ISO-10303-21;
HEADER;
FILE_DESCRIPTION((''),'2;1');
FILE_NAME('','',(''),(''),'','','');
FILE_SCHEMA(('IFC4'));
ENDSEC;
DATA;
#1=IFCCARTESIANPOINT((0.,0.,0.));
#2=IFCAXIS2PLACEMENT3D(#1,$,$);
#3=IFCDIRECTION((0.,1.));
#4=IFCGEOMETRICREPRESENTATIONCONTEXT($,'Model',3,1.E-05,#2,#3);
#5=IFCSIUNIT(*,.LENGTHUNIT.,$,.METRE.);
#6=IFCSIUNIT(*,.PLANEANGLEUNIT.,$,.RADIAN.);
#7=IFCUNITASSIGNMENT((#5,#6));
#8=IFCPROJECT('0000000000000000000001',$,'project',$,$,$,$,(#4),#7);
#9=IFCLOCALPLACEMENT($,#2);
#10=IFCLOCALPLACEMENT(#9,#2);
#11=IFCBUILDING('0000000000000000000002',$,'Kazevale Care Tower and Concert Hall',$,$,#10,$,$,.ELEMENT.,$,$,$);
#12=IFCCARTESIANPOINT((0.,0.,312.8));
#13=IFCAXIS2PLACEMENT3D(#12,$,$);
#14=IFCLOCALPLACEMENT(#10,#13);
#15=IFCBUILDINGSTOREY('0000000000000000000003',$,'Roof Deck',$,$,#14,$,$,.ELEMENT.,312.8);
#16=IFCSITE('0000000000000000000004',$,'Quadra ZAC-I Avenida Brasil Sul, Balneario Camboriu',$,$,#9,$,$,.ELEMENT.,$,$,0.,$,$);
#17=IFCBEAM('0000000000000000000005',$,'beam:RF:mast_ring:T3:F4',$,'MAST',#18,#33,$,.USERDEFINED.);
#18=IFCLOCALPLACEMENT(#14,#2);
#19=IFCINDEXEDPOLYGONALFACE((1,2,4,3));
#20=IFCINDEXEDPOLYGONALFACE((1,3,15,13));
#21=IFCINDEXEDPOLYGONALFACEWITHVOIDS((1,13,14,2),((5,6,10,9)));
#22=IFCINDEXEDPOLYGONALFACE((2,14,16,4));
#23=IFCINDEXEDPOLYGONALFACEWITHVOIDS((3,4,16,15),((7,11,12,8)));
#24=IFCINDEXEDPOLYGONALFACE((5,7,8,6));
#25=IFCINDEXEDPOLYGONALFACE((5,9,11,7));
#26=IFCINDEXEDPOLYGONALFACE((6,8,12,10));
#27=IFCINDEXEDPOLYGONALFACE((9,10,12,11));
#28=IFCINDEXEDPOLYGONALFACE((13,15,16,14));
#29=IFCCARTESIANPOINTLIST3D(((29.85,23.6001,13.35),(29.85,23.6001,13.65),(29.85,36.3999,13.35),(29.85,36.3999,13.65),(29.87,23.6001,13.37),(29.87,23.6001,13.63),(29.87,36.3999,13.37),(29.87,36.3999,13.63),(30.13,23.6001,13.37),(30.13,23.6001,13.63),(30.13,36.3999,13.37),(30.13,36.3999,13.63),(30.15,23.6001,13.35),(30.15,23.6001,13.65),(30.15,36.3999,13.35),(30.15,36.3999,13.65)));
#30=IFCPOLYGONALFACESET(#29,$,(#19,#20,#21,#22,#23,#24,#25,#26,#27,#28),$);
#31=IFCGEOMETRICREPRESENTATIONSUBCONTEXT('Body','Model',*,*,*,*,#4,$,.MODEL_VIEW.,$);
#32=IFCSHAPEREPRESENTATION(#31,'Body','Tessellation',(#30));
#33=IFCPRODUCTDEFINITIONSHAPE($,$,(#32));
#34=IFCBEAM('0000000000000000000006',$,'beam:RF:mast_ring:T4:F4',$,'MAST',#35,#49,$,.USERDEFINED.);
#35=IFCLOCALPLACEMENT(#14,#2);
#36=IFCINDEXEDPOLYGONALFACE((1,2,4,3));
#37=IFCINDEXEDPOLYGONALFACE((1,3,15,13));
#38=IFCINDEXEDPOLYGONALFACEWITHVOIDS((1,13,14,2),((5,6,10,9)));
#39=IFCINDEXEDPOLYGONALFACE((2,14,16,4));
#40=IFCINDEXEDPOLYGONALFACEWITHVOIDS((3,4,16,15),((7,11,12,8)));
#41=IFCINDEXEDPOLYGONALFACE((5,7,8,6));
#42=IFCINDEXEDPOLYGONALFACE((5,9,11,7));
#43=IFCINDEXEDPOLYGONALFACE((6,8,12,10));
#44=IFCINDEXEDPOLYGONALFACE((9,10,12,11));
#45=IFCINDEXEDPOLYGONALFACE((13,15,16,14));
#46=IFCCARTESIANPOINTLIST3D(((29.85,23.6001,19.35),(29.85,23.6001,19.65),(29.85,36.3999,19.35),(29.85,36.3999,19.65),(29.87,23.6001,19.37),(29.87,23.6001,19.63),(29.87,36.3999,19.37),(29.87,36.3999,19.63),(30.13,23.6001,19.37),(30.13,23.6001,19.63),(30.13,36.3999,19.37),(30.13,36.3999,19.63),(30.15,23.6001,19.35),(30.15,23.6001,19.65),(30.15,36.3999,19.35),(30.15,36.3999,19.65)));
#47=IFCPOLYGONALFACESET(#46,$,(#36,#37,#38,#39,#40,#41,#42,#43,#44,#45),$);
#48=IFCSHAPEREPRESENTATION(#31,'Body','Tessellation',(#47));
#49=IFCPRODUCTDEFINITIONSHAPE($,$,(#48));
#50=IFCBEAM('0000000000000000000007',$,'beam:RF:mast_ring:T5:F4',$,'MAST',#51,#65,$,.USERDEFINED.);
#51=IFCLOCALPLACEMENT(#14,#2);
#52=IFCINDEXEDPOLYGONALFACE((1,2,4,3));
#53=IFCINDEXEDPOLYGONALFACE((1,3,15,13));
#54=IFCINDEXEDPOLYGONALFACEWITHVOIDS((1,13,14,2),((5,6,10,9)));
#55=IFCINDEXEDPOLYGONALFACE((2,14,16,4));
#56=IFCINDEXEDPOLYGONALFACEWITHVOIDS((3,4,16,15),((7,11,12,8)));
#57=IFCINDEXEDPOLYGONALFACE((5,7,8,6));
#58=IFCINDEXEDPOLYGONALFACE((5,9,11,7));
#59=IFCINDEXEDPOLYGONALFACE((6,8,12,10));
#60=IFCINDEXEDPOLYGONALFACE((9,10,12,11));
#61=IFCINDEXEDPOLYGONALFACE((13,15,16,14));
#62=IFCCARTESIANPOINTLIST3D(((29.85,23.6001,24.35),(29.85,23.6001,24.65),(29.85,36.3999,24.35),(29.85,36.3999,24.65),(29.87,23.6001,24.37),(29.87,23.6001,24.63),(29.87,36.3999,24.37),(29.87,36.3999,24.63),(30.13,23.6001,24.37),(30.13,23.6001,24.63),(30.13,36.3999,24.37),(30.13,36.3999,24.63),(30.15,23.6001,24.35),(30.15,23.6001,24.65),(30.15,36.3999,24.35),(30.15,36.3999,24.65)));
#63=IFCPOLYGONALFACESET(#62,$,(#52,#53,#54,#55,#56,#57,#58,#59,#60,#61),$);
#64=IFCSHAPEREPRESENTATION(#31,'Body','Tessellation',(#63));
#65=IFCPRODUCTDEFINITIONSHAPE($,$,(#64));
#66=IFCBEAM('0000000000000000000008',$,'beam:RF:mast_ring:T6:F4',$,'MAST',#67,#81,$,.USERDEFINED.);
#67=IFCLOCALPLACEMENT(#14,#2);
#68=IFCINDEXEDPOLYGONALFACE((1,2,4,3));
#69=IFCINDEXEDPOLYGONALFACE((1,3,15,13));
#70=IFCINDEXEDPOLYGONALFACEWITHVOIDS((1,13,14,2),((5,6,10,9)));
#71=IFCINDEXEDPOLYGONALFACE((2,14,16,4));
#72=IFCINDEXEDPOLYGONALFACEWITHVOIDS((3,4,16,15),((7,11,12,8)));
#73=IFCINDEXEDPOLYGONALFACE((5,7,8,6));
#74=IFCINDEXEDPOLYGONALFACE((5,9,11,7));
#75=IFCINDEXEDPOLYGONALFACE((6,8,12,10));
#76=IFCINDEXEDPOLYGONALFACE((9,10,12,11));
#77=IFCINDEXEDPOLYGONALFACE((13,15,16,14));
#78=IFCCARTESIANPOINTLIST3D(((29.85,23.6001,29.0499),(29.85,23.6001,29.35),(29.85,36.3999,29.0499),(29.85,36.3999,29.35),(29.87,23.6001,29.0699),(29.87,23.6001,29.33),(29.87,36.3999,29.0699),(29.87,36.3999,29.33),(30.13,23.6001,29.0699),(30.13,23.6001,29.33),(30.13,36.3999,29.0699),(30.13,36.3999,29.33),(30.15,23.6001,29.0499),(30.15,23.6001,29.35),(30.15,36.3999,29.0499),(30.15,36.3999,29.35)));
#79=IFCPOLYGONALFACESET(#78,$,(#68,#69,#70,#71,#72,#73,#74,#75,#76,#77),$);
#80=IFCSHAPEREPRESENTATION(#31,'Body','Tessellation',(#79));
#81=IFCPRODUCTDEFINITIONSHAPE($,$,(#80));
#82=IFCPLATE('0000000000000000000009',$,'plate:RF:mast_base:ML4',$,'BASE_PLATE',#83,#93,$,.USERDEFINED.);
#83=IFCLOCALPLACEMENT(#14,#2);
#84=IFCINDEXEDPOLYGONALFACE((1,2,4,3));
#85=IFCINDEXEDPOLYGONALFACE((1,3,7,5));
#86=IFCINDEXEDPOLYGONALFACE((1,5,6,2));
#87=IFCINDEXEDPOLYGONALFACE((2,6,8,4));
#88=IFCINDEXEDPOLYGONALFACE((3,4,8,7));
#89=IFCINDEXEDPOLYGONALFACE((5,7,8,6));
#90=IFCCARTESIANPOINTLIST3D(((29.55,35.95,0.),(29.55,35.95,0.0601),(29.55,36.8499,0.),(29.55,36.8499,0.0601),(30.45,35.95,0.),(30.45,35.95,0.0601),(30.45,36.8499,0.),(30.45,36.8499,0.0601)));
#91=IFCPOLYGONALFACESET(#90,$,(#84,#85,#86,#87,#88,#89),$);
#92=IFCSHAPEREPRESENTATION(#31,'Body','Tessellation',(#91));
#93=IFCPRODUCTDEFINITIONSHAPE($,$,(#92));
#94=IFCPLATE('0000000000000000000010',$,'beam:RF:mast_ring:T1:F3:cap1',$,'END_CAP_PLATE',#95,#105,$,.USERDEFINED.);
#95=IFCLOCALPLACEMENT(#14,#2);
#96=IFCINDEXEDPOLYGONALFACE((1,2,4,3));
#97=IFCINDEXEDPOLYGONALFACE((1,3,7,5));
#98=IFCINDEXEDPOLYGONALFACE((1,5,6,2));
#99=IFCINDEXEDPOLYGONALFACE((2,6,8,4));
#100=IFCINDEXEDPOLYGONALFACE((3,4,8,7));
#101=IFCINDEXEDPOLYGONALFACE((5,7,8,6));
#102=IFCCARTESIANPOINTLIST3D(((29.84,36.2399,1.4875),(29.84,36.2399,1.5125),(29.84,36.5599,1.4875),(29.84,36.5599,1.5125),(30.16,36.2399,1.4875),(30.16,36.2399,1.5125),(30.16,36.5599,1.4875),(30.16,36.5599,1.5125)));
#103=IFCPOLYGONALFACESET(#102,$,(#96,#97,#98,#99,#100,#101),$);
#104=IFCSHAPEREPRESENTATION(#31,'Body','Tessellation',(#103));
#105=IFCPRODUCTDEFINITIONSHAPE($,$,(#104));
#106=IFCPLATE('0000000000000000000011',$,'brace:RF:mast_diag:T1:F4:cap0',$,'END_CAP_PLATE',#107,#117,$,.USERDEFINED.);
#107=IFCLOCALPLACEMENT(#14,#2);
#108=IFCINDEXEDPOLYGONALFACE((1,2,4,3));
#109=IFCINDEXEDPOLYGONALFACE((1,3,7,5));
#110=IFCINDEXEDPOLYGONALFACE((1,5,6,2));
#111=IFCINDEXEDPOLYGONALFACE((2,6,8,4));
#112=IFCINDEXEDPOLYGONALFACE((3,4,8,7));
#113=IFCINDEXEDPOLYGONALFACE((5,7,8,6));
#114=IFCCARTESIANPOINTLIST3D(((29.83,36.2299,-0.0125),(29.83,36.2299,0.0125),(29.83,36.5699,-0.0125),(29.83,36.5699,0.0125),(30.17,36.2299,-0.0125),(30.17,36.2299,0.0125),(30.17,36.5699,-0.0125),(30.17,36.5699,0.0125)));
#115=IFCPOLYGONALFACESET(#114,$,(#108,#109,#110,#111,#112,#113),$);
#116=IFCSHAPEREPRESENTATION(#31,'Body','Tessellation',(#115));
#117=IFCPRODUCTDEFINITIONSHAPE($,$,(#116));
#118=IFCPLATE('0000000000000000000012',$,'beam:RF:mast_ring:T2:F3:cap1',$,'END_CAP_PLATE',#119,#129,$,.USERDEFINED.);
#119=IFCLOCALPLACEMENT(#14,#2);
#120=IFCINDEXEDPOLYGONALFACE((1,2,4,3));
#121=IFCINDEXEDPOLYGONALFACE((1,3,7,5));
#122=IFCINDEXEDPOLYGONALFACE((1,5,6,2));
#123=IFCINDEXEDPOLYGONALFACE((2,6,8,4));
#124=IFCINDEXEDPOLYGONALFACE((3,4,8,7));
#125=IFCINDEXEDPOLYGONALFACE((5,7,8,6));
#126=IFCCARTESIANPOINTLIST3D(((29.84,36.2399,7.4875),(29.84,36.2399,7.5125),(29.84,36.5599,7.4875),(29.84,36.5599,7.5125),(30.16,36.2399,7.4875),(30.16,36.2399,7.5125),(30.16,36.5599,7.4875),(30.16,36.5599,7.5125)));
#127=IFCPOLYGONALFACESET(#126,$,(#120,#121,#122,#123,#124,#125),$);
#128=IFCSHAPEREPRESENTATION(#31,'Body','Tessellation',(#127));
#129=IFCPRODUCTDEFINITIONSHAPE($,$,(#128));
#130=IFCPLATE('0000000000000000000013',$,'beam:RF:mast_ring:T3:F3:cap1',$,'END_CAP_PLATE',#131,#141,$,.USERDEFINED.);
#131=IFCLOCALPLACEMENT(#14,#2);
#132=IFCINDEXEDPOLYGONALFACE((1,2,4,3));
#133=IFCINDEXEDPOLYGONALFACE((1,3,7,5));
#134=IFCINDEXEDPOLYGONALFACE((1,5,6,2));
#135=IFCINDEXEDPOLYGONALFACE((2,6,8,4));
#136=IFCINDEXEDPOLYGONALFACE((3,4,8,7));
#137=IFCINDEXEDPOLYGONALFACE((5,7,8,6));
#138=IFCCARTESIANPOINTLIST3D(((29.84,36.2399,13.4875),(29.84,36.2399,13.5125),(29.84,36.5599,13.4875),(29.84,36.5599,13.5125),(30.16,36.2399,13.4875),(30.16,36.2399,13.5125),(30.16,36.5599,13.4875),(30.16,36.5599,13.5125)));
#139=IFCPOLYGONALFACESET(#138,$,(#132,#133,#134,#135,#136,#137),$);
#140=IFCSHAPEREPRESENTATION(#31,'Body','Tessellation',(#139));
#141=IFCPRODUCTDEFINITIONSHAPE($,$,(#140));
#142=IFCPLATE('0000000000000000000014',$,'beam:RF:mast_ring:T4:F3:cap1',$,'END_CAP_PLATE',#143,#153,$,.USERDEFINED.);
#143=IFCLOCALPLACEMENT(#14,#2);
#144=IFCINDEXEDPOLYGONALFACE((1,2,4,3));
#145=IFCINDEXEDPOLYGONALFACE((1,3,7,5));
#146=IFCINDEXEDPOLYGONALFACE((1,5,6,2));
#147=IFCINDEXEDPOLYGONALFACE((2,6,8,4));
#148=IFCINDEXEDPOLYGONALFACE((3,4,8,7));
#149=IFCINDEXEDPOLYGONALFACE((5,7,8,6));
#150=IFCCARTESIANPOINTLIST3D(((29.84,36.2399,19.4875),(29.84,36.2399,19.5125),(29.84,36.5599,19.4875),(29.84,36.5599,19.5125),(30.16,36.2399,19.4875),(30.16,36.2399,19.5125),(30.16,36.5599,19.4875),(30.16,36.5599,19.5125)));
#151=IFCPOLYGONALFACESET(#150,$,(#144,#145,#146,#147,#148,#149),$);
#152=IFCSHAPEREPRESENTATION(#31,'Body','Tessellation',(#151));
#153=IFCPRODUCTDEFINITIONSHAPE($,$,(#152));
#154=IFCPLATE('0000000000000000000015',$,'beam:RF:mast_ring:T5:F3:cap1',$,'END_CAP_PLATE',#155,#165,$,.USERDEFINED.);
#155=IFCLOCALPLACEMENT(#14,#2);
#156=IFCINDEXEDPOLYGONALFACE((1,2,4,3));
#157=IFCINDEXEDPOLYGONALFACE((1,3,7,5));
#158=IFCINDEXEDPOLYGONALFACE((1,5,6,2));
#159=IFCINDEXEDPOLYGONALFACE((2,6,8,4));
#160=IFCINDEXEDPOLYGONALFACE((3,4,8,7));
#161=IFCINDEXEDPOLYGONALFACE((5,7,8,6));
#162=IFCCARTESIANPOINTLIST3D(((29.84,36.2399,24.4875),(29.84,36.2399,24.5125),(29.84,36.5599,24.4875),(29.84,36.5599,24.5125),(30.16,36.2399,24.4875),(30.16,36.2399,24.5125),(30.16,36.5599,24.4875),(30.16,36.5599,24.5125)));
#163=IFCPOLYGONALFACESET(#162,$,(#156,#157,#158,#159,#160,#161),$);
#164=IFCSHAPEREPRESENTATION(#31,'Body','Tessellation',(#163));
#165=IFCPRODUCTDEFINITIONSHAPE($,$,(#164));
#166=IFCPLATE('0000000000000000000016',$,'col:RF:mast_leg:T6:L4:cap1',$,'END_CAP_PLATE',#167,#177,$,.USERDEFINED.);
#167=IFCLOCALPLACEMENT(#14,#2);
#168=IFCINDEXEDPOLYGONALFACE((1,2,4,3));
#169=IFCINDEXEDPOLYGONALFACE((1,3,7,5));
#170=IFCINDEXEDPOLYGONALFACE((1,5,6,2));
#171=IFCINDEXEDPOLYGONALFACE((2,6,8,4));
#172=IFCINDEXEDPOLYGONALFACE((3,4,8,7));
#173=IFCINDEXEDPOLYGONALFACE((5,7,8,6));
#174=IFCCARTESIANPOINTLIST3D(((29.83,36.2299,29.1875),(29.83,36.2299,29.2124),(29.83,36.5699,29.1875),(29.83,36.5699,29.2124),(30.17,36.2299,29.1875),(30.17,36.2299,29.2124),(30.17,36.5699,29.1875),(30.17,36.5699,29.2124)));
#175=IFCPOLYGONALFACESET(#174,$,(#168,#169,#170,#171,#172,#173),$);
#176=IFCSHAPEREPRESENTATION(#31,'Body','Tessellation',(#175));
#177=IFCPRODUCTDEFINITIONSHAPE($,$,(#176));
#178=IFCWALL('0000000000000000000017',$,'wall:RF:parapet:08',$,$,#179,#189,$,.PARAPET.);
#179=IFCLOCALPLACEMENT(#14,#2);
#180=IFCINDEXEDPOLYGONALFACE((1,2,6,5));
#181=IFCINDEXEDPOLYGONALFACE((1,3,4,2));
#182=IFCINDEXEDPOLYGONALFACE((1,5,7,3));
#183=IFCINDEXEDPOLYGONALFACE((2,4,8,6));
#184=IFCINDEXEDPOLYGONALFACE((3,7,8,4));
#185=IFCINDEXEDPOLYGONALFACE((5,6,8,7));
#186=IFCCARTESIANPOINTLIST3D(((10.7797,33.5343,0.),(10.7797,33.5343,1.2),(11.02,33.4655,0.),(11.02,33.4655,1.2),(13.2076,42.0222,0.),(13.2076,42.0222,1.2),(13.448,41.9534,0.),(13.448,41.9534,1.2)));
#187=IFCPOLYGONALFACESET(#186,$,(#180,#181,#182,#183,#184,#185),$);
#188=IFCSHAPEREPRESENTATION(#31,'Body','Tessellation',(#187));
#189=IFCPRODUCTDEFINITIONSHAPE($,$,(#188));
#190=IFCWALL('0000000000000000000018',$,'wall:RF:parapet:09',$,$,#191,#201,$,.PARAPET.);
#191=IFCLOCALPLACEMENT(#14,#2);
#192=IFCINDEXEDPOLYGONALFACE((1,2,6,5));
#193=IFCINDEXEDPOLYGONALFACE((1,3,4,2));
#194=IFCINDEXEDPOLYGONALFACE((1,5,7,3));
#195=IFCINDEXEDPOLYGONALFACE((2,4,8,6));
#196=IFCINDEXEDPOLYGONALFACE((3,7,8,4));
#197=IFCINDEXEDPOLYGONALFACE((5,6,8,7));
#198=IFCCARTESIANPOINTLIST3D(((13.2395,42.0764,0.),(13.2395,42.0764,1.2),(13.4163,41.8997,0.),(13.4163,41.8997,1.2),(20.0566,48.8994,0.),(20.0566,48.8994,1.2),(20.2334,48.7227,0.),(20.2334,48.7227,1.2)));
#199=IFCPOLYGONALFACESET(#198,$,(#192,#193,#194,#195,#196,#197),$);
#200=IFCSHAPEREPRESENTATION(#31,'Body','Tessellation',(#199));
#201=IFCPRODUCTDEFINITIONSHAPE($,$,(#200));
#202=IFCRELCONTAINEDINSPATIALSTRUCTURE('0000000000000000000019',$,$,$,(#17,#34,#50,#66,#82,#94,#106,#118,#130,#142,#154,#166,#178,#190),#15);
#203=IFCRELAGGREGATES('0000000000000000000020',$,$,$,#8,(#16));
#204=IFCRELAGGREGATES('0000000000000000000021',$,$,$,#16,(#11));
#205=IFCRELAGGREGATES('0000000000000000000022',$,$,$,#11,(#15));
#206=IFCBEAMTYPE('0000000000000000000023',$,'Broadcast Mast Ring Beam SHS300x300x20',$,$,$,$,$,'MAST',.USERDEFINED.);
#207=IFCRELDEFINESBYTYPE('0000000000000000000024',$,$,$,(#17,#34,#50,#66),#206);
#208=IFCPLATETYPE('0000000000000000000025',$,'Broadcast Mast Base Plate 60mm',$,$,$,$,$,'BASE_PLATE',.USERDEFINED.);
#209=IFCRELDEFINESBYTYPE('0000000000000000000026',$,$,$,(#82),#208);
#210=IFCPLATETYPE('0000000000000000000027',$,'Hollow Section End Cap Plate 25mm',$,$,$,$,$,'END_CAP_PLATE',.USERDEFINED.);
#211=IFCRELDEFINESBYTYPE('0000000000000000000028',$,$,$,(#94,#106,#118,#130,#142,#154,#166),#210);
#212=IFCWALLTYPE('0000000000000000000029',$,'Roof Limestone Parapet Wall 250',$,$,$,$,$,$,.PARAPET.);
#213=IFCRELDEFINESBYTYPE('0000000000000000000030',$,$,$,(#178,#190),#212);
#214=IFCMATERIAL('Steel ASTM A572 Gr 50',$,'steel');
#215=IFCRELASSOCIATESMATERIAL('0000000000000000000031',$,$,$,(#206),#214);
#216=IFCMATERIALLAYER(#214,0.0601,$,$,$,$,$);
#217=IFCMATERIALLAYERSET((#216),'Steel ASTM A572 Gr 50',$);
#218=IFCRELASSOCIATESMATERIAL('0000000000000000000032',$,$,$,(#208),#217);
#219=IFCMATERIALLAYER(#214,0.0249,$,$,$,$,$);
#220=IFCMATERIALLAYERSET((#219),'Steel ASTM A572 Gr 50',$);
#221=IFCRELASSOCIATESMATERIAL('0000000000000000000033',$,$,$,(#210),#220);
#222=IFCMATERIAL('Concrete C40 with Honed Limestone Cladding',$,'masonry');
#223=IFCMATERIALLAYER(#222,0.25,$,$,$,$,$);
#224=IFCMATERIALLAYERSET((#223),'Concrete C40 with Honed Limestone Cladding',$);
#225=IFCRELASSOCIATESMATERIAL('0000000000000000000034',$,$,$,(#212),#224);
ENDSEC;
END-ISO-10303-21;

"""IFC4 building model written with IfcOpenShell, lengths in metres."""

from ifc_helpers import new_model, si_unit, direction, frame, frame_2d, origin, origin_2d, place, context, subcontext, project, spatial, rectangle, hollow_rectangle, extrude, material, layer, layer_set, material_profile, profile_set, type_object, element, save


model = new_model("IFC4")

# Units and contexts
model_context = context("Model", 3, precision=1e-05, world=origin(), true_north=direction((0.0, 1.0)))
body_context = subcontext(model_context, "Body", "Model", "MODEL_VIEW")
ifc_project = project(units=[si_unit("LENGTHUNIT", "METRE"), si_unit("PLANEANGLEUNIT", "RADIAN")], contexts=[model_context])

# Site, building, storey
site_placement = place(None, origin())
site = spatial("IfcSite", under=ifc_project, at=site_placement, Name="Quadra ZAC-I Avenida Brasil Sul, Balneario Camboriu", CompositionType="ELEMENT", RefElevation=0.0)
building_placement = place(site_placement, origin())
building = spatial("IfcBuilding", under=site, at=building_placement, Name="Kazevale Care Tower and Concert Hall", CompositionType="ELEMENT")
storey_placement = place(building_placement, frame((0.0, 0.0, 312.8)))
storey = spatial("IfcBuildingStorey", under=building, at=storey_placement, Name="Roof Deck", CompositionType="ELEMENT", Elevation=312.8)

# Shared definitions
ifc_material_1 = material(Name="Steel ASTM A572 Gr 50", Category="steel")

# Beams
ifc_material_profile_1 = material_profile(ifc_material_1, hollow_rectangle(XDim=0.3, YDim=0.3, WallThickness=0.02, at=origin_2d()), Name="SHS300x300x20")
ifc_profile_set_1 = profile_set([ifc_material_profile_1], Name="Steel ASTM A572 Gr 50")
beam_type = type_object("IfcBeamType", Name="Broadcast Mast Ring Beam SHS300x300x20", ElementType="MAST", PredefinedType="USERDEFINED", material=ifc_profile_set_1)
for number, where, z_axis, x_axis, name in (
    (1, (30.0, 36.3999, 13.5), (0.0, -1.0, 0.0), (1.0, 0.0, 0.0), "beam:RF:mast_ring:T3:F4"),
    (2, (30.0, 36.3999, 19.5), (0.0, -1.0, 0.0), (1.0, 0.0, 0.0), "beam:RF:mast_ring:T4:F4"),
    (3, (30.0, 36.3999, 24.5), (0.0, -1.0, 0.0), (1.0, 0.0, 0.0), "beam:RF:mast_ring:T5:F4"),
    (4, (30.0, 36.3999, 29.2), (0.0, -1.0, 0.0), (1.0, 0.0, 0.0), "beam:RF:mast_ring:T6:F4"),
):
    element("IfcBeam", number, at=place(storey_placement, frame(where, z_axis=z_axis, x_axis=x_axis)), inside=storey, type_object=beam_type, Name=name, ObjectType="MAST", PredefinedType="USERDEFINED", context=body_context, shape_type="SweptSolid", body=[
        extrude(hollow_rectangle(XDim=0.3, YDim=0.3, WallThickness=0.02, at=origin_2d()), origin(), (0.0, 0.0, 1.0), 12.7998),
    ])

# Plates
ifc_layer_1 = layer(ifc_material_1, 0.0601)
ifc_layer_set_1 = layer_set([ifc_layer_1], Name="Steel ASTM A572 Gr 50")
plate_type_1 = type_object("IfcPlateType", Name="Broadcast Mast Base Plate 60mm", ElementType="BASE_PLATE", PredefinedType="USERDEFINED", material=ifc_layer_set_1)
plate_1_placement = place(storey_placement, frame((30.0, 36.3999, 0.0), z_axis=(0.0, 0.0, 1.0), x_axis=(1.0, 0.0, 0.0)))
element("IfcPlate", 5, at=plate_1_placement, inside=storey, type_object=plate_type_1, Name="plate:RF:mast_base:ML4", ObjectType="BASE_PLATE", PredefinedType="USERDEFINED", context=body_context, shape_type="SweptSolid", body=[
    extrude(rectangle(XDim=0.8999, YDim=0.8999, at=origin_2d()), origin(), (0.0, 0.0, 1.0), 0.0601),
])
ifc_layer_2 = layer(ifc_material_1, 0.0249)
ifc_layer_set_2 = layer_set([ifc_layer_2], Name="Steel ASTM A572 Gr 50")
plate_type_2 = type_object("IfcPlateType", Name="Hollow Section End Cap Plate 25mm", ElementType="END_CAP_PLATE", PredefinedType="USERDEFINED", material=ifc_layer_set_2)
plate_2_placement = place(storey_placement, frame((30.0, 36.3999, 1.4875), z_axis=(0.0, 0.0, 1.0), x_axis=(1.0, 0.0, 0.0)))
element("IfcPlate", 6, at=plate_2_placement, inside=storey, type_object=plate_type_2, Name="beam:RF:mast_ring:T1:F3:cap1", ObjectType="END_CAP_PLATE", PredefinedType="USERDEFINED", context=body_context, shape_type="SweptSolid", body=[
    extrude(rectangle(XDim=0.3201, YDim=0.3201, at=origin_2d()), origin(), (0.0, 0.0, 1.0), 0.0249),
])
plate_3_placement = place(storey_placement, frame((30.0, 36.3999, -0.0125), z_axis=(0.0, 0.0, 1.0), x_axis=(1.0, 0.0, 0.0)))
element("IfcPlate", 7, at=plate_3_placement, inside=storey, type_object=plate_type_2, Name="brace:RF:mast_diag:T1:F4:cap0", ObjectType="END_CAP_PLATE", PredefinedType="USERDEFINED", context=body_context, shape_type="SweptSolid", body=[
    extrude(rectangle(XDim=0.3401, YDim=0.3401, at=origin_2d()), origin(), (0.0, 0.0, 1.0), 0.0249),
])
for number, where, z_axis, x_axis, name in (
    (8, (30.0, 36.3999, 7.4875), (0.0, 0.0, 1.0), (1.0, 0.0, 0.0), "beam:RF:mast_ring:T2:F3:cap1"),
    (9, (30.0, 36.3999, 13.4875), (0.0, 0.0, 1.0), (1.0, 0.0, 0.0), "beam:RF:mast_ring:T3:F3:cap1"),
    (10, (30.0, 36.3999, 19.4875), (0.0, 0.0, 1.0), (1.0, 0.0, 0.0), "beam:RF:mast_ring:T4:F3:cap1"),
    (11, (30.0, 36.3999, 24.4875), (0.0, 0.0, 1.0), (1.0, 0.0, 0.0), "beam:RF:mast_ring:T5:F3:cap1"),
):
    element("IfcPlate", number, at=place(storey_placement, frame(where, z_axis=z_axis, x_axis=x_axis)), inside=storey, type_object=plate_type_2, Name=name, ObjectType="END_CAP_PLATE", PredefinedType="USERDEFINED", context=body_context, shape_type="SweptSolid", body=[
        extrude(rectangle(XDim=0.3201, YDim=0.3201, at=origin_2d()), origin(), (0.0, 0.0, 1.0), 0.0249),
    ])
plate_4_placement = place(storey_placement, frame((30.0, 36.3999, 29.1875), z_axis=(0.0, 0.0, 1.0), x_axis=(1.0, 0.0, 0.0)))
element("IfcPlate", 12, at=plate_4_placement, inside=storey, type_object=plate_type_2, Name="col:RF:mast_leg:T6:L4:cap1", ObjectType="END_CAP_PLATE", PredefinedType="USERDEFINED", context=body_context, shape_type="SweptSolid", body=[
    extrude(rectangle(XDim=0.3401, YDim=0.3401, at=origin_2d()), origin(), (0.0, 0.0, 1.0), 0.0249),
])

# Walls
ifc_material_2 = material(Name="Concrete C40 with Honed Limestone Cladding", Category="masonry")
ifc_layer_3 = layer(ifc_material_2, 0.25)
ifc_layer_set_3 = layer_set([ifc_layer_3], Name="Concrete C40 with Honed Limestone Cladding")
wall_type = type_object("IfcWallType", Name="Roof Limestone Parapet Wall 250", PredefinedType="PARAPET", material=ifc_layer_set_3)
wall_1_placement = place(storey_placement, frame((10.8999, 33.5, 0.0), z_axis=(0.0, 0.0, 1.0), x_axis=(0.275017, 0.961439, 0.0)))
element("IfcWall", 13, at=wall_1_placement, inside=storey, type_object=wall_type, Name="wall:RF:parapet:08", PredefinedType="PARAPET", context=body_context, shape_type="SweptSolid", body=[
    extrude(rectangle(XDim=8.8284, YDim=0.25, at=frame_2d((4.4141, 0.0))), origin(), (0.0, 0.0, 1.0), 1.2),
])
wall_2_placement = place(storey_placement, frame((13.3279, 41.988, 0.0), z_axis=(0.0, 0.0, 1.0), x_axis=(0.706803, 0.70741, 0.0)))
element("IfcWall", 14, at=wall_2_placement, inside=storey, type_object=wall_type, Name="wall:RF:parapet:09", PredefinedType="PARAPET", context=body_context, shape_type="SweptSolid", body=[
    extrude(rectangle(XDim=9.645, YDim=0.25, at=frame_2d((4.8225, 0.0))), origin(), (0.0, 0.0, 1.0), 1.2),
])

save(model, "model.ifc")
